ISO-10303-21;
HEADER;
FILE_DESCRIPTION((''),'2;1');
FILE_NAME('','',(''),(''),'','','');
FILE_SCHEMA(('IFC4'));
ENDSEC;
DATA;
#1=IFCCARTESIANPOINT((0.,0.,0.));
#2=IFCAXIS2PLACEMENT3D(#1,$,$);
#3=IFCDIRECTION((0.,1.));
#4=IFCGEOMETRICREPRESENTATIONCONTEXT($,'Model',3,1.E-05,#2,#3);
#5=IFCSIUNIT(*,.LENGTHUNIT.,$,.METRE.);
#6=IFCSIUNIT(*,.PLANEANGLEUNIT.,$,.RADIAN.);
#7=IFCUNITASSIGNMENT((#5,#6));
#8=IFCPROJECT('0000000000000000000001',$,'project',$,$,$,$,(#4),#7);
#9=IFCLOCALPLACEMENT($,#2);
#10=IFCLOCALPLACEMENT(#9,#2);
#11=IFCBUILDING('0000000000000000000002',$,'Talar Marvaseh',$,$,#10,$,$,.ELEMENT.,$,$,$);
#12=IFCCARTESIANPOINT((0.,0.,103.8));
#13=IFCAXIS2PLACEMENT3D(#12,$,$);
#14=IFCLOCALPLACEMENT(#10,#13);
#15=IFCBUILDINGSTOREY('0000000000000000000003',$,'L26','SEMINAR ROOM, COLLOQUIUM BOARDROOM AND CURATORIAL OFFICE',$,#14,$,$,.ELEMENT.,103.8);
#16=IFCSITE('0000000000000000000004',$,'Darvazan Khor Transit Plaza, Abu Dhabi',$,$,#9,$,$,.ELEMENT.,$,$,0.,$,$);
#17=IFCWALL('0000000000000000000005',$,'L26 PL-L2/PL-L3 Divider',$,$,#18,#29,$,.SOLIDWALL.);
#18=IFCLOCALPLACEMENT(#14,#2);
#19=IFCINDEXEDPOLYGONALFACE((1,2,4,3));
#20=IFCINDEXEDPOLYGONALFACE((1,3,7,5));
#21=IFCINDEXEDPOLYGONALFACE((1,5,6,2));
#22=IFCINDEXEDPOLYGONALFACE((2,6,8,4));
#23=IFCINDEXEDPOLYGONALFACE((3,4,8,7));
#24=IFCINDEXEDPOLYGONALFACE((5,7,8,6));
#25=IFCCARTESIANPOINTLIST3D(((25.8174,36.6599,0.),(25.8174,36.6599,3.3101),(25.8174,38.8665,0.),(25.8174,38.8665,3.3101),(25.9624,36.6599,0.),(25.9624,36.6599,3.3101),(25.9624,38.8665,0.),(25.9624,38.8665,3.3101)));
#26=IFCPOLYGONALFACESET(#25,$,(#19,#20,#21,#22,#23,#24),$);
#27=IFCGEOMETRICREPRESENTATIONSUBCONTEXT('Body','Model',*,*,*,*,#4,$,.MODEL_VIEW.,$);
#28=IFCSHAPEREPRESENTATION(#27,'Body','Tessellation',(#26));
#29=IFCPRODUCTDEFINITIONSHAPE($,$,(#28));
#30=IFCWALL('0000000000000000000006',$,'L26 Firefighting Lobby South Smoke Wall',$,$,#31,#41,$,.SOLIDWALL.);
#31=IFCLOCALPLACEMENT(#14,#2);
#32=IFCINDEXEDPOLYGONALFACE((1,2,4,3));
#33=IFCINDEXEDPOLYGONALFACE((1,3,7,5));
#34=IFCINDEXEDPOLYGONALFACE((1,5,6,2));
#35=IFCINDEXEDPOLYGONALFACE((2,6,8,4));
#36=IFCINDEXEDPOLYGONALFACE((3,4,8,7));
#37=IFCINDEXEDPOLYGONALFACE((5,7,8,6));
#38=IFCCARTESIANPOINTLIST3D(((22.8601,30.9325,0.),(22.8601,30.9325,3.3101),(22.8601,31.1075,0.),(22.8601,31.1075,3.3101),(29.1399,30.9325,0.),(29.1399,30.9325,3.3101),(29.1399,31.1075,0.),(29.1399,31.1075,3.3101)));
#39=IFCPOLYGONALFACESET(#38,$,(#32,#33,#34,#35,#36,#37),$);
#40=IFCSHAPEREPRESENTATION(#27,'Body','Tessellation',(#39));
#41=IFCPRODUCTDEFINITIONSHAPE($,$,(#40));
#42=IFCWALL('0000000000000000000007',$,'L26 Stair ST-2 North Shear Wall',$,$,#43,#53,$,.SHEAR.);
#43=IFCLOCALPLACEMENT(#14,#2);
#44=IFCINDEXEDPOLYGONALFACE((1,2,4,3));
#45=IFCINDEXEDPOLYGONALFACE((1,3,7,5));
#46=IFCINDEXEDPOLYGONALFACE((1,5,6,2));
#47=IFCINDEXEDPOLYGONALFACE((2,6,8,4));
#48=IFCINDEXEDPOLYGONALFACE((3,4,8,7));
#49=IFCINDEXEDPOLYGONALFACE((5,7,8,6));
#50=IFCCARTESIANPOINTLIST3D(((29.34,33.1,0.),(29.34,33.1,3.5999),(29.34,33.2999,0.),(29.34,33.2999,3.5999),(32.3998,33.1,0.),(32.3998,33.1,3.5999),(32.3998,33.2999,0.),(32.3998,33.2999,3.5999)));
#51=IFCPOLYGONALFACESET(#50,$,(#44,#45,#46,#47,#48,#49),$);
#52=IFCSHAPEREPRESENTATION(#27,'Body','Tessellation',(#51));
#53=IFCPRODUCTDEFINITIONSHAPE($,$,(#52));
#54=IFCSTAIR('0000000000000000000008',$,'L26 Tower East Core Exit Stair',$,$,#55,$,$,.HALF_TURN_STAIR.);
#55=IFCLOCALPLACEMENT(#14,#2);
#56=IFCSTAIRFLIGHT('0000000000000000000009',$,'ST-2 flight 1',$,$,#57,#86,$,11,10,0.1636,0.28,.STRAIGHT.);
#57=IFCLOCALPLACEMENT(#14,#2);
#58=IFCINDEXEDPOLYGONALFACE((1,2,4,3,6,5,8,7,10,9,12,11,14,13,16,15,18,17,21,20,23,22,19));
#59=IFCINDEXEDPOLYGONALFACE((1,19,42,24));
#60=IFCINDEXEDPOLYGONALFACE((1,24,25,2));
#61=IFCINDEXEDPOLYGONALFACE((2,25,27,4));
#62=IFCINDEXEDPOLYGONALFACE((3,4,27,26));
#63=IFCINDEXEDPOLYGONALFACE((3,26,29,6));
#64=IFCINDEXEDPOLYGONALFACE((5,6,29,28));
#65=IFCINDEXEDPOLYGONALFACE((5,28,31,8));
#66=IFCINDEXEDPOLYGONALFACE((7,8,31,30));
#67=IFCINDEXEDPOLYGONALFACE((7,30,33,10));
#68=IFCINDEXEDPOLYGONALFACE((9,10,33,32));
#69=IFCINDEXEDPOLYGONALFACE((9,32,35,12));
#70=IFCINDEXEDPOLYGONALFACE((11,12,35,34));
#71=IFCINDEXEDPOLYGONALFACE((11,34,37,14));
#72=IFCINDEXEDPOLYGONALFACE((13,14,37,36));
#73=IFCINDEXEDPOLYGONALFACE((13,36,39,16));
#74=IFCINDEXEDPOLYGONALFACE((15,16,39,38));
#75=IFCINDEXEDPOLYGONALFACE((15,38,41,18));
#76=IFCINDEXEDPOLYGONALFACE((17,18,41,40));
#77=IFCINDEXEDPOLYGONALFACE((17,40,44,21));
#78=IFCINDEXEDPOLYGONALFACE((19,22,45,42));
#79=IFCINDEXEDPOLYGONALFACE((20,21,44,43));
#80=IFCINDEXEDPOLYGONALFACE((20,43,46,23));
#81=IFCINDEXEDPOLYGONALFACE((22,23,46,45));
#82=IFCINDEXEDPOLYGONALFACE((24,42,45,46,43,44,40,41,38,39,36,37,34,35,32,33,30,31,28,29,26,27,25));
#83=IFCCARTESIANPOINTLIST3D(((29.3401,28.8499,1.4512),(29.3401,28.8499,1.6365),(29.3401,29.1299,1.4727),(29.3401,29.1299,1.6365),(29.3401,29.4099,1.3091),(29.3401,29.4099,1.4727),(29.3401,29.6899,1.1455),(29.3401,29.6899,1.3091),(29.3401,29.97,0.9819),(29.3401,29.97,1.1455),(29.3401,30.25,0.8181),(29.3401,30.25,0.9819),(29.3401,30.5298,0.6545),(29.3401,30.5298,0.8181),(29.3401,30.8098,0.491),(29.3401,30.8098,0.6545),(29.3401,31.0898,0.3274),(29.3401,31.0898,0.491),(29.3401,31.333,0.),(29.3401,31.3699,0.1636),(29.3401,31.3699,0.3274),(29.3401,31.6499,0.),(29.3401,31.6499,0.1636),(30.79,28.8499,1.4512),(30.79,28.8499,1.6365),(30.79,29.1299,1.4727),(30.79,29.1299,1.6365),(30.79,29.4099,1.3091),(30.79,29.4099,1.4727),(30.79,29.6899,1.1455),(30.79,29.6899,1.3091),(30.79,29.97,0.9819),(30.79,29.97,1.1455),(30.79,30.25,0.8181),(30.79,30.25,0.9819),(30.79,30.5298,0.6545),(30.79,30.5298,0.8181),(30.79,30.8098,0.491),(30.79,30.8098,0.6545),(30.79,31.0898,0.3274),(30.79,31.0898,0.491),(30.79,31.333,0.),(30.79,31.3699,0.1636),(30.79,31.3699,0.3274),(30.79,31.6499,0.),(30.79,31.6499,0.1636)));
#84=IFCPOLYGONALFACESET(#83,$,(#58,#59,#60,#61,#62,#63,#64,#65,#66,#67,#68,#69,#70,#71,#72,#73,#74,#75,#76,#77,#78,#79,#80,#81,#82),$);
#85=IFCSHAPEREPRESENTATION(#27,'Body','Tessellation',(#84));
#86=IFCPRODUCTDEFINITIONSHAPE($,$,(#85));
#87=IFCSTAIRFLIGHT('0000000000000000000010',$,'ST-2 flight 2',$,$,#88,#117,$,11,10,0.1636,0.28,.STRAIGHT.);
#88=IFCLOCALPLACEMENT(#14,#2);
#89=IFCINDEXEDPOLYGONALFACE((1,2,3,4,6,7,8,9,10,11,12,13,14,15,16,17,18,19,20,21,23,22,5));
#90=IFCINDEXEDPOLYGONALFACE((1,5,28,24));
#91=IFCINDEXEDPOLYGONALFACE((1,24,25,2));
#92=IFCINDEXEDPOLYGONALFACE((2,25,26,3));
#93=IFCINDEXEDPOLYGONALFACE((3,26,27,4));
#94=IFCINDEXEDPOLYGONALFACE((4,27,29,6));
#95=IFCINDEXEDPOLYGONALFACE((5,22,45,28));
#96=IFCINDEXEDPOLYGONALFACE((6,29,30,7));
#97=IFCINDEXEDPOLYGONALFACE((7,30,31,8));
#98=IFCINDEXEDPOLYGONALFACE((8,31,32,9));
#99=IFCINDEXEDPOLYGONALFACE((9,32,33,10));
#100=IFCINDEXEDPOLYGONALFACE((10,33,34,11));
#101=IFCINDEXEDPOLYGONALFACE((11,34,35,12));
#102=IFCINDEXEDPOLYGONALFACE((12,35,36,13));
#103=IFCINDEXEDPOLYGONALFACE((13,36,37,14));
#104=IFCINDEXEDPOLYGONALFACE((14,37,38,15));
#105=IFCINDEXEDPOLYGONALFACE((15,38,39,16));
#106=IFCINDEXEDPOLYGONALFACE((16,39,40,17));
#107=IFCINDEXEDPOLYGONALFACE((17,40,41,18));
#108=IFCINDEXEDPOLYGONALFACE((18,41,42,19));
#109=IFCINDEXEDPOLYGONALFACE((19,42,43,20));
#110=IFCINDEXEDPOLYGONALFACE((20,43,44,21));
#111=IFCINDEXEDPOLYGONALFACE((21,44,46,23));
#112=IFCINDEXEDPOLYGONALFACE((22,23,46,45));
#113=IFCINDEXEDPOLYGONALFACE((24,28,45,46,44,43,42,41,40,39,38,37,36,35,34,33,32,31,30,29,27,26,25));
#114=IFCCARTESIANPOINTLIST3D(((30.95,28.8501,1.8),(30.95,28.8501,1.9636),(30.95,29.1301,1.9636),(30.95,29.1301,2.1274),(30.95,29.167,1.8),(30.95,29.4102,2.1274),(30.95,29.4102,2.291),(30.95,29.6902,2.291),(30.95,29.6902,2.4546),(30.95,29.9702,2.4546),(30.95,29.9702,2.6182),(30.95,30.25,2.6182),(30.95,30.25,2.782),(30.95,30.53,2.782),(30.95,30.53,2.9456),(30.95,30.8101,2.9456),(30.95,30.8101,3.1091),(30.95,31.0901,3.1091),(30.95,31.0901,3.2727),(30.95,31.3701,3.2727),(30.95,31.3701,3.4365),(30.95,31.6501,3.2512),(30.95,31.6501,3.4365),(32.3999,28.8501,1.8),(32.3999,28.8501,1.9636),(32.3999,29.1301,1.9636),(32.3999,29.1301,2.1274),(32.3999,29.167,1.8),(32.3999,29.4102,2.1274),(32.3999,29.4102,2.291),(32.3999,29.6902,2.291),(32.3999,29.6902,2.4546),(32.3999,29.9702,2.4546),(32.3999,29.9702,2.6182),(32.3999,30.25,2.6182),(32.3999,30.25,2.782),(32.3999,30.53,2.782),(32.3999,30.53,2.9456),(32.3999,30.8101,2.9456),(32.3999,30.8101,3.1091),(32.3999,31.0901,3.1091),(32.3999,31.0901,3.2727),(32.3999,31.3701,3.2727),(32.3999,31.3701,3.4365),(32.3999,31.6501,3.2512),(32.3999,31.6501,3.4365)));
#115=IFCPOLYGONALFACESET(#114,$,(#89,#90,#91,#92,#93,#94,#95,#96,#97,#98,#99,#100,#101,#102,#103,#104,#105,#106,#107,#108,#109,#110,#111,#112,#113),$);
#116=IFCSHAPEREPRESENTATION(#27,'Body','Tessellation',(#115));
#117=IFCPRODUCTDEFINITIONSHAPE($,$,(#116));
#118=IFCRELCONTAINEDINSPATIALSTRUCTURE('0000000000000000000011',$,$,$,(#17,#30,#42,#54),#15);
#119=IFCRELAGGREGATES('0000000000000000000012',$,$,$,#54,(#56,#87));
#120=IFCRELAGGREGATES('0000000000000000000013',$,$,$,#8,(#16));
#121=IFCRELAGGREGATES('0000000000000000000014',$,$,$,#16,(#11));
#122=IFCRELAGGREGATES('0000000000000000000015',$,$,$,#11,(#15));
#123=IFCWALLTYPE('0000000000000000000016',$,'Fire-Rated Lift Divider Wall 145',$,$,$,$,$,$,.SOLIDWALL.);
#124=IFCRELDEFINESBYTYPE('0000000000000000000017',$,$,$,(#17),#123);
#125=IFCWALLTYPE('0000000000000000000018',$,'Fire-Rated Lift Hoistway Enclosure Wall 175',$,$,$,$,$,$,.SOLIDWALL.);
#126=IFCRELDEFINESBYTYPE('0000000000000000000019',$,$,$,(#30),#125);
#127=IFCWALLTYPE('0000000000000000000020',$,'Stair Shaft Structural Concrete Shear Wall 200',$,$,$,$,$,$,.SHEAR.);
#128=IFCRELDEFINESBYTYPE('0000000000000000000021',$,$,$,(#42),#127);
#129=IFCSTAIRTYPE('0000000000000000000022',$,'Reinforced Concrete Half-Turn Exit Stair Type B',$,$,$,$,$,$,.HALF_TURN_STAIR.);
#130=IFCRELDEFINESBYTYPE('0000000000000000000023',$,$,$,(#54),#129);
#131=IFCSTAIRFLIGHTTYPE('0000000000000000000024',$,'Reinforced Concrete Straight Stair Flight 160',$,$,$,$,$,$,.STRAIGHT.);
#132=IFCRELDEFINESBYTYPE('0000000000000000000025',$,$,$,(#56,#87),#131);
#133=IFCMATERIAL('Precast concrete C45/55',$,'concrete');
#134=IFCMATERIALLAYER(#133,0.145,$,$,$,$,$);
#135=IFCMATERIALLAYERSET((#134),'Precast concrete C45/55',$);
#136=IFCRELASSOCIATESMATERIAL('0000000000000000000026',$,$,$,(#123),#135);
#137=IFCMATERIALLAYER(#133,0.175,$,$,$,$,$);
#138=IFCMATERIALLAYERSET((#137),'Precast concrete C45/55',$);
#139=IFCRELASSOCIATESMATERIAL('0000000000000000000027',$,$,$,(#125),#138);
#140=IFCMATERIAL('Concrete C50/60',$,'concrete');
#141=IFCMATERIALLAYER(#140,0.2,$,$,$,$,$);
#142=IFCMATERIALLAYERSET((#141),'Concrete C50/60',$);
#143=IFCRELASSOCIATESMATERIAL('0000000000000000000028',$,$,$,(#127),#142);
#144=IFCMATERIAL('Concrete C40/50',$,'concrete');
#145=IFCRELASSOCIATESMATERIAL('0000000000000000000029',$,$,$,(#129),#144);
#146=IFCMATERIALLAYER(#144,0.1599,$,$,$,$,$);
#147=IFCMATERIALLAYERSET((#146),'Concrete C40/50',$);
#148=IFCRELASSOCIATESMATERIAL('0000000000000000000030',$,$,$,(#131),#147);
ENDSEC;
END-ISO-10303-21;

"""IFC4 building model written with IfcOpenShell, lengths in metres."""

from ifc_helpers import new_model, si_unit, direction, frame, frame_2d, origin, place, context, subcontext, project, spatial, polyline, rectangle, outline, extrude, material, layer, layer_set, type_object, element, aggregate, save


model = new_model("IFC4")

# Units and contexts
model_context = context("Model", 3, precision=1e-05, world=origin(), true_north=direction((0.0, 1.0)))
body_context = subcontext(model_context, "Body", "Model", "MODEL_VIEW")
ifc_project = project(units=[si_unit("LENGTHUNIT", "METRE"), si_unit("PLANEANGLEUNIT", "RADIAN")], contexts=[model_context])

# Site, building, storey
site_placement = place(None, origin())
site = spatial("IfcSite", under=ifc_project, at=site_placement, Name="Darvazan Khor Transit Plaza, Abu Dhabi", CompositionType="ELEMENT", RefElevation=0.0)
building_placement = place(site_placement, origin())
building = spatial("IfcBuilding", under=site, at=building_placement, Name="Talar Marvaseh", CompositionType="ELEMENT")
storey_placement = place(building_placement, frame((0.0, 0.0, 103.8)))
storey = spatial("IfcBuildingStorey", under=building, at=storey_placement, Name="L26", Description="SEMINAR ROOM, COLLOQUIUM BOARDROOM AND CURATORIAL OFFICE", CompositionType="ELEMENT", Elevation=103.8)

# Shared definitions
ifc_material_1 = material(Name="Concrete C40/50", Category="concrete")

# Wall
ifc_material_2 = material(Name="Precast concrete C45/55", Category="concrete")
ifc_layer_1 = layer(ifc_material_2, 0.145)
ifc_layer_set_1 = layer_set([ifc_layer_1], Name="Precast concrete C45/55")
wall_type_1 = type_object("IfcWallType", Name="Fire-Rated Lift Divider Wall 145", PredefinedType="SOLIDWALL", material=ifc_layer_set_1)
for number, where, z_axis, x_axis, name in (
    (1, (25.8899, 36.6599, 0.0), (0.0, 0.0, 1.0), (0.0, 1.0, 0.0), "L26 PL-L2/PL-L3 Divider"),
):
    element("IfcWall", number, at=place(storey_placement, frame(where, z_axis=z_axis, x_axis=x_axis)), inside=storey, type_object=wall_type_1, Name=name, PredefinedType="SOLIDWALL", context=body_context, shape_type="SweptSolid", body=[
        extrude(rectangle(XDim=2.2065, YDim=0.145, at=frame_2d((1.1033, 0.0))), origin(), (0.0, 0.0, 1.0), 3.3101),
    ])

# Shared definitions
ifc_layer_2 = layer(ifc_material_2, 0.175)
ifc_layer_set_2 = layer_set([ifc_layer_2], Name="Precast concrete C45/55")
wall_type_2 = type_object("IfcWallType", Name="Fire-Rated Lift Hoistway Enclosure Wall 175", PredefinedType="SOLIDWALL", material=ifc_layer_set_2)

# Walls
wall_1_placement = place(storey_placement, frame((22.8601, 31.02, 0.0), z_axis=(0.0, 0.0, 1.0), x_axis=(1.0, 0.0, 0.0)))
element("IfcWall", 2, at=wall_1_placement, inside=storey, type_object=wall_type_2, Name="L26 Firefighting Lobby South Smoke Wall", PredefinedType="SOLIDWALL", context=body_context, shape_type="SweptSolid", body=[
    extrude(rectangle(XDim=6.2798, YDim=0.175, at=frame_2d((3.1399, 0.0))), origin(), (0.0, 0.0, 1.0), 3.3101),
])
ifc_material_3 = material(Name="Concrete C50/60", Category="concrete")
ifc_layer_3 = layer(ifc_material_3, 0.2)
ifc_layer_set_3 = layer_set([ifc_layer_3], Name="Concrete C50/60")
wall_type_3 = type_object("IfcWallType", Name="Stair Shaft Structural Concrete Shear Wall 200", PredefinedType="SHEAR", material=ifc_layer_set_3)
wall_2_placement = place(storey_placement, frame((29.3401, 33.2, 0.0), z_axis=(0.0, 0.0, 1.0), x_axis=(1.0, 0.0, 0.0)))
element("IfcWall", 3, at=wall_2_placement, inside=storey, type_object=wall_type_3, Name="L26 Stair ST-2 North Shear Wall", PredefinedType="SHEAR", context=body_context, shape_type="SweptSolid", body=[
    extrude(rectangle(XDim=3.0598, YDim=0.2, at=frame_2d((1.5298, 0.0))), origin(), (0.0, 0.0, 1.0), 3.5999),
])

# Stair, stair flights
stair_type = type_object("IfcStairType", Name="Reinforced Concrete Half-Turn Exit Stair Type B", PredefinedType="HALF_TURN_STAIR", material=ifc_material_1)
stair_placement = place(storey_placement, origin())
stair = element("IfcStair", 4, at=stair_placement, inside=storey, type_object=stair_type, Name="L26 Tower East Core Exit Stair", PredefinedType="HALF_TURN_STAIR")
ifc_layer_4 = layer(ifc_material_1, 0.1599)
ifc_layer_set_4 = layer_set([ifc_layer_4], Name="Concrete C40/50")
stair_flight_type = type_object("IfcStairFlightType", Name="Reinforced Concrete Straight Stair Flight 160", PredefinedType="STRAIGHT", material=ifc_layer_set_4)
stair_flight_1_placement = place(storey_placement, frame((30.0649, 31.6499, 0.0), z_axis=(0.0, 0.0, 1.0), x_axis=(0.0, -1.0, 0.0)))
stair_flight_1 = element("IfcStairFlight", 5, at=stair_flight_1_placement, type_object=stair_flight_type, Name="ST-2 flight 1", NumberOfRisers=11, NumberOfTreads=10, PredefinedType="STRAIGHT", RiserHeight=0.1636, TreadLength=0.28, context=body_context, shape_type="SweptSolid", body=[
    extrude(outline(polyline([(0.0, 0.0), (0.0, 0.1636), (0.28, 0.1636), (0.28, 0.3274), (0.5601, 0.3274), (0.5601, 0.491), (0.8401, 0.491), (0.8401, 0.6545), (1.1201, 0.6545), (1.1201, 0.8181), (1.3999, 0.8181), (1.3999, 0.9819), (1.6799, 0.9819), (1.6799, 1.1455), (1.96, 1.1455), (1.96, 1.3091), (2.24, 1.3091), (2.24, 1.4727), (2.52, 1.4727), (2.52, 1.6365), (2.8, 1.6365), (2.8, 1.8), (2.8, 1.4512), (0.3169, 0.0), (0.0, 0.0)])), frame((0.0, 0.7251, 0.0), z_axis=(0.0, -1.0, 0.0), x_axis=(1.0, 0.0, 0.0)), (0.0, 0.0, 1.0), 1.45),
])
stair_flight_2_placement = place(storey_placement, frame((31.675, 28.8501, 1.8), z_axis=(0.0, 0.0, 1.0), x_axis=(0.0, 1.0, 0.0)))
stair_flight_2 = element("IfcStairFlight", 6, at=stair_flight_2_placement, type_object=stair_flight_type, Name="ST-2 flight 2", NumberOfRisers=11, NumberOfTreads=10, PredefinedType="STRAIGHT", RiserHeight=0.1636, TreadLength=0.28, context=body_context, shape_type="SweptSolid", body=[
    extrude(outline(polyline([(0.0, 0.0), (0.0, 0.1636), (0.28, 0.1636), (0.28, 0.3274), (0.5601, 0.3274), (0.5601, 0.491), (0.8401, 0.491), (0.8401, 0.6545), (1.1201, 0.6545), (1.1201, 0.8181), (1.3999, 0.8181), (1.3999, 0.9819), (1.6799, 0.9819), (1.6799, 1.1455), (1.96, 1.1455), (1.96, 1.3091), (2.24, 1.3091), (2.24, 1.4727), (2.52, 1.4727), (2.52, 1.6365), (2.8, 1.6365), (2.8, 1.8), (2.8, 1.4512), (0.3169, 0.0), (0.0, 0.0)])), frame((0.0, 0.7251, 0.0), z_axis=(0.0, -1.0, 0.0), x_axis=(1.0, 0.0, 0.0)), (0.0, 0.0, 1.0), 1.45),
])
aggregate(stair, [stair_flight_1, stair_flight_2])

save(model, "model.ifc")
